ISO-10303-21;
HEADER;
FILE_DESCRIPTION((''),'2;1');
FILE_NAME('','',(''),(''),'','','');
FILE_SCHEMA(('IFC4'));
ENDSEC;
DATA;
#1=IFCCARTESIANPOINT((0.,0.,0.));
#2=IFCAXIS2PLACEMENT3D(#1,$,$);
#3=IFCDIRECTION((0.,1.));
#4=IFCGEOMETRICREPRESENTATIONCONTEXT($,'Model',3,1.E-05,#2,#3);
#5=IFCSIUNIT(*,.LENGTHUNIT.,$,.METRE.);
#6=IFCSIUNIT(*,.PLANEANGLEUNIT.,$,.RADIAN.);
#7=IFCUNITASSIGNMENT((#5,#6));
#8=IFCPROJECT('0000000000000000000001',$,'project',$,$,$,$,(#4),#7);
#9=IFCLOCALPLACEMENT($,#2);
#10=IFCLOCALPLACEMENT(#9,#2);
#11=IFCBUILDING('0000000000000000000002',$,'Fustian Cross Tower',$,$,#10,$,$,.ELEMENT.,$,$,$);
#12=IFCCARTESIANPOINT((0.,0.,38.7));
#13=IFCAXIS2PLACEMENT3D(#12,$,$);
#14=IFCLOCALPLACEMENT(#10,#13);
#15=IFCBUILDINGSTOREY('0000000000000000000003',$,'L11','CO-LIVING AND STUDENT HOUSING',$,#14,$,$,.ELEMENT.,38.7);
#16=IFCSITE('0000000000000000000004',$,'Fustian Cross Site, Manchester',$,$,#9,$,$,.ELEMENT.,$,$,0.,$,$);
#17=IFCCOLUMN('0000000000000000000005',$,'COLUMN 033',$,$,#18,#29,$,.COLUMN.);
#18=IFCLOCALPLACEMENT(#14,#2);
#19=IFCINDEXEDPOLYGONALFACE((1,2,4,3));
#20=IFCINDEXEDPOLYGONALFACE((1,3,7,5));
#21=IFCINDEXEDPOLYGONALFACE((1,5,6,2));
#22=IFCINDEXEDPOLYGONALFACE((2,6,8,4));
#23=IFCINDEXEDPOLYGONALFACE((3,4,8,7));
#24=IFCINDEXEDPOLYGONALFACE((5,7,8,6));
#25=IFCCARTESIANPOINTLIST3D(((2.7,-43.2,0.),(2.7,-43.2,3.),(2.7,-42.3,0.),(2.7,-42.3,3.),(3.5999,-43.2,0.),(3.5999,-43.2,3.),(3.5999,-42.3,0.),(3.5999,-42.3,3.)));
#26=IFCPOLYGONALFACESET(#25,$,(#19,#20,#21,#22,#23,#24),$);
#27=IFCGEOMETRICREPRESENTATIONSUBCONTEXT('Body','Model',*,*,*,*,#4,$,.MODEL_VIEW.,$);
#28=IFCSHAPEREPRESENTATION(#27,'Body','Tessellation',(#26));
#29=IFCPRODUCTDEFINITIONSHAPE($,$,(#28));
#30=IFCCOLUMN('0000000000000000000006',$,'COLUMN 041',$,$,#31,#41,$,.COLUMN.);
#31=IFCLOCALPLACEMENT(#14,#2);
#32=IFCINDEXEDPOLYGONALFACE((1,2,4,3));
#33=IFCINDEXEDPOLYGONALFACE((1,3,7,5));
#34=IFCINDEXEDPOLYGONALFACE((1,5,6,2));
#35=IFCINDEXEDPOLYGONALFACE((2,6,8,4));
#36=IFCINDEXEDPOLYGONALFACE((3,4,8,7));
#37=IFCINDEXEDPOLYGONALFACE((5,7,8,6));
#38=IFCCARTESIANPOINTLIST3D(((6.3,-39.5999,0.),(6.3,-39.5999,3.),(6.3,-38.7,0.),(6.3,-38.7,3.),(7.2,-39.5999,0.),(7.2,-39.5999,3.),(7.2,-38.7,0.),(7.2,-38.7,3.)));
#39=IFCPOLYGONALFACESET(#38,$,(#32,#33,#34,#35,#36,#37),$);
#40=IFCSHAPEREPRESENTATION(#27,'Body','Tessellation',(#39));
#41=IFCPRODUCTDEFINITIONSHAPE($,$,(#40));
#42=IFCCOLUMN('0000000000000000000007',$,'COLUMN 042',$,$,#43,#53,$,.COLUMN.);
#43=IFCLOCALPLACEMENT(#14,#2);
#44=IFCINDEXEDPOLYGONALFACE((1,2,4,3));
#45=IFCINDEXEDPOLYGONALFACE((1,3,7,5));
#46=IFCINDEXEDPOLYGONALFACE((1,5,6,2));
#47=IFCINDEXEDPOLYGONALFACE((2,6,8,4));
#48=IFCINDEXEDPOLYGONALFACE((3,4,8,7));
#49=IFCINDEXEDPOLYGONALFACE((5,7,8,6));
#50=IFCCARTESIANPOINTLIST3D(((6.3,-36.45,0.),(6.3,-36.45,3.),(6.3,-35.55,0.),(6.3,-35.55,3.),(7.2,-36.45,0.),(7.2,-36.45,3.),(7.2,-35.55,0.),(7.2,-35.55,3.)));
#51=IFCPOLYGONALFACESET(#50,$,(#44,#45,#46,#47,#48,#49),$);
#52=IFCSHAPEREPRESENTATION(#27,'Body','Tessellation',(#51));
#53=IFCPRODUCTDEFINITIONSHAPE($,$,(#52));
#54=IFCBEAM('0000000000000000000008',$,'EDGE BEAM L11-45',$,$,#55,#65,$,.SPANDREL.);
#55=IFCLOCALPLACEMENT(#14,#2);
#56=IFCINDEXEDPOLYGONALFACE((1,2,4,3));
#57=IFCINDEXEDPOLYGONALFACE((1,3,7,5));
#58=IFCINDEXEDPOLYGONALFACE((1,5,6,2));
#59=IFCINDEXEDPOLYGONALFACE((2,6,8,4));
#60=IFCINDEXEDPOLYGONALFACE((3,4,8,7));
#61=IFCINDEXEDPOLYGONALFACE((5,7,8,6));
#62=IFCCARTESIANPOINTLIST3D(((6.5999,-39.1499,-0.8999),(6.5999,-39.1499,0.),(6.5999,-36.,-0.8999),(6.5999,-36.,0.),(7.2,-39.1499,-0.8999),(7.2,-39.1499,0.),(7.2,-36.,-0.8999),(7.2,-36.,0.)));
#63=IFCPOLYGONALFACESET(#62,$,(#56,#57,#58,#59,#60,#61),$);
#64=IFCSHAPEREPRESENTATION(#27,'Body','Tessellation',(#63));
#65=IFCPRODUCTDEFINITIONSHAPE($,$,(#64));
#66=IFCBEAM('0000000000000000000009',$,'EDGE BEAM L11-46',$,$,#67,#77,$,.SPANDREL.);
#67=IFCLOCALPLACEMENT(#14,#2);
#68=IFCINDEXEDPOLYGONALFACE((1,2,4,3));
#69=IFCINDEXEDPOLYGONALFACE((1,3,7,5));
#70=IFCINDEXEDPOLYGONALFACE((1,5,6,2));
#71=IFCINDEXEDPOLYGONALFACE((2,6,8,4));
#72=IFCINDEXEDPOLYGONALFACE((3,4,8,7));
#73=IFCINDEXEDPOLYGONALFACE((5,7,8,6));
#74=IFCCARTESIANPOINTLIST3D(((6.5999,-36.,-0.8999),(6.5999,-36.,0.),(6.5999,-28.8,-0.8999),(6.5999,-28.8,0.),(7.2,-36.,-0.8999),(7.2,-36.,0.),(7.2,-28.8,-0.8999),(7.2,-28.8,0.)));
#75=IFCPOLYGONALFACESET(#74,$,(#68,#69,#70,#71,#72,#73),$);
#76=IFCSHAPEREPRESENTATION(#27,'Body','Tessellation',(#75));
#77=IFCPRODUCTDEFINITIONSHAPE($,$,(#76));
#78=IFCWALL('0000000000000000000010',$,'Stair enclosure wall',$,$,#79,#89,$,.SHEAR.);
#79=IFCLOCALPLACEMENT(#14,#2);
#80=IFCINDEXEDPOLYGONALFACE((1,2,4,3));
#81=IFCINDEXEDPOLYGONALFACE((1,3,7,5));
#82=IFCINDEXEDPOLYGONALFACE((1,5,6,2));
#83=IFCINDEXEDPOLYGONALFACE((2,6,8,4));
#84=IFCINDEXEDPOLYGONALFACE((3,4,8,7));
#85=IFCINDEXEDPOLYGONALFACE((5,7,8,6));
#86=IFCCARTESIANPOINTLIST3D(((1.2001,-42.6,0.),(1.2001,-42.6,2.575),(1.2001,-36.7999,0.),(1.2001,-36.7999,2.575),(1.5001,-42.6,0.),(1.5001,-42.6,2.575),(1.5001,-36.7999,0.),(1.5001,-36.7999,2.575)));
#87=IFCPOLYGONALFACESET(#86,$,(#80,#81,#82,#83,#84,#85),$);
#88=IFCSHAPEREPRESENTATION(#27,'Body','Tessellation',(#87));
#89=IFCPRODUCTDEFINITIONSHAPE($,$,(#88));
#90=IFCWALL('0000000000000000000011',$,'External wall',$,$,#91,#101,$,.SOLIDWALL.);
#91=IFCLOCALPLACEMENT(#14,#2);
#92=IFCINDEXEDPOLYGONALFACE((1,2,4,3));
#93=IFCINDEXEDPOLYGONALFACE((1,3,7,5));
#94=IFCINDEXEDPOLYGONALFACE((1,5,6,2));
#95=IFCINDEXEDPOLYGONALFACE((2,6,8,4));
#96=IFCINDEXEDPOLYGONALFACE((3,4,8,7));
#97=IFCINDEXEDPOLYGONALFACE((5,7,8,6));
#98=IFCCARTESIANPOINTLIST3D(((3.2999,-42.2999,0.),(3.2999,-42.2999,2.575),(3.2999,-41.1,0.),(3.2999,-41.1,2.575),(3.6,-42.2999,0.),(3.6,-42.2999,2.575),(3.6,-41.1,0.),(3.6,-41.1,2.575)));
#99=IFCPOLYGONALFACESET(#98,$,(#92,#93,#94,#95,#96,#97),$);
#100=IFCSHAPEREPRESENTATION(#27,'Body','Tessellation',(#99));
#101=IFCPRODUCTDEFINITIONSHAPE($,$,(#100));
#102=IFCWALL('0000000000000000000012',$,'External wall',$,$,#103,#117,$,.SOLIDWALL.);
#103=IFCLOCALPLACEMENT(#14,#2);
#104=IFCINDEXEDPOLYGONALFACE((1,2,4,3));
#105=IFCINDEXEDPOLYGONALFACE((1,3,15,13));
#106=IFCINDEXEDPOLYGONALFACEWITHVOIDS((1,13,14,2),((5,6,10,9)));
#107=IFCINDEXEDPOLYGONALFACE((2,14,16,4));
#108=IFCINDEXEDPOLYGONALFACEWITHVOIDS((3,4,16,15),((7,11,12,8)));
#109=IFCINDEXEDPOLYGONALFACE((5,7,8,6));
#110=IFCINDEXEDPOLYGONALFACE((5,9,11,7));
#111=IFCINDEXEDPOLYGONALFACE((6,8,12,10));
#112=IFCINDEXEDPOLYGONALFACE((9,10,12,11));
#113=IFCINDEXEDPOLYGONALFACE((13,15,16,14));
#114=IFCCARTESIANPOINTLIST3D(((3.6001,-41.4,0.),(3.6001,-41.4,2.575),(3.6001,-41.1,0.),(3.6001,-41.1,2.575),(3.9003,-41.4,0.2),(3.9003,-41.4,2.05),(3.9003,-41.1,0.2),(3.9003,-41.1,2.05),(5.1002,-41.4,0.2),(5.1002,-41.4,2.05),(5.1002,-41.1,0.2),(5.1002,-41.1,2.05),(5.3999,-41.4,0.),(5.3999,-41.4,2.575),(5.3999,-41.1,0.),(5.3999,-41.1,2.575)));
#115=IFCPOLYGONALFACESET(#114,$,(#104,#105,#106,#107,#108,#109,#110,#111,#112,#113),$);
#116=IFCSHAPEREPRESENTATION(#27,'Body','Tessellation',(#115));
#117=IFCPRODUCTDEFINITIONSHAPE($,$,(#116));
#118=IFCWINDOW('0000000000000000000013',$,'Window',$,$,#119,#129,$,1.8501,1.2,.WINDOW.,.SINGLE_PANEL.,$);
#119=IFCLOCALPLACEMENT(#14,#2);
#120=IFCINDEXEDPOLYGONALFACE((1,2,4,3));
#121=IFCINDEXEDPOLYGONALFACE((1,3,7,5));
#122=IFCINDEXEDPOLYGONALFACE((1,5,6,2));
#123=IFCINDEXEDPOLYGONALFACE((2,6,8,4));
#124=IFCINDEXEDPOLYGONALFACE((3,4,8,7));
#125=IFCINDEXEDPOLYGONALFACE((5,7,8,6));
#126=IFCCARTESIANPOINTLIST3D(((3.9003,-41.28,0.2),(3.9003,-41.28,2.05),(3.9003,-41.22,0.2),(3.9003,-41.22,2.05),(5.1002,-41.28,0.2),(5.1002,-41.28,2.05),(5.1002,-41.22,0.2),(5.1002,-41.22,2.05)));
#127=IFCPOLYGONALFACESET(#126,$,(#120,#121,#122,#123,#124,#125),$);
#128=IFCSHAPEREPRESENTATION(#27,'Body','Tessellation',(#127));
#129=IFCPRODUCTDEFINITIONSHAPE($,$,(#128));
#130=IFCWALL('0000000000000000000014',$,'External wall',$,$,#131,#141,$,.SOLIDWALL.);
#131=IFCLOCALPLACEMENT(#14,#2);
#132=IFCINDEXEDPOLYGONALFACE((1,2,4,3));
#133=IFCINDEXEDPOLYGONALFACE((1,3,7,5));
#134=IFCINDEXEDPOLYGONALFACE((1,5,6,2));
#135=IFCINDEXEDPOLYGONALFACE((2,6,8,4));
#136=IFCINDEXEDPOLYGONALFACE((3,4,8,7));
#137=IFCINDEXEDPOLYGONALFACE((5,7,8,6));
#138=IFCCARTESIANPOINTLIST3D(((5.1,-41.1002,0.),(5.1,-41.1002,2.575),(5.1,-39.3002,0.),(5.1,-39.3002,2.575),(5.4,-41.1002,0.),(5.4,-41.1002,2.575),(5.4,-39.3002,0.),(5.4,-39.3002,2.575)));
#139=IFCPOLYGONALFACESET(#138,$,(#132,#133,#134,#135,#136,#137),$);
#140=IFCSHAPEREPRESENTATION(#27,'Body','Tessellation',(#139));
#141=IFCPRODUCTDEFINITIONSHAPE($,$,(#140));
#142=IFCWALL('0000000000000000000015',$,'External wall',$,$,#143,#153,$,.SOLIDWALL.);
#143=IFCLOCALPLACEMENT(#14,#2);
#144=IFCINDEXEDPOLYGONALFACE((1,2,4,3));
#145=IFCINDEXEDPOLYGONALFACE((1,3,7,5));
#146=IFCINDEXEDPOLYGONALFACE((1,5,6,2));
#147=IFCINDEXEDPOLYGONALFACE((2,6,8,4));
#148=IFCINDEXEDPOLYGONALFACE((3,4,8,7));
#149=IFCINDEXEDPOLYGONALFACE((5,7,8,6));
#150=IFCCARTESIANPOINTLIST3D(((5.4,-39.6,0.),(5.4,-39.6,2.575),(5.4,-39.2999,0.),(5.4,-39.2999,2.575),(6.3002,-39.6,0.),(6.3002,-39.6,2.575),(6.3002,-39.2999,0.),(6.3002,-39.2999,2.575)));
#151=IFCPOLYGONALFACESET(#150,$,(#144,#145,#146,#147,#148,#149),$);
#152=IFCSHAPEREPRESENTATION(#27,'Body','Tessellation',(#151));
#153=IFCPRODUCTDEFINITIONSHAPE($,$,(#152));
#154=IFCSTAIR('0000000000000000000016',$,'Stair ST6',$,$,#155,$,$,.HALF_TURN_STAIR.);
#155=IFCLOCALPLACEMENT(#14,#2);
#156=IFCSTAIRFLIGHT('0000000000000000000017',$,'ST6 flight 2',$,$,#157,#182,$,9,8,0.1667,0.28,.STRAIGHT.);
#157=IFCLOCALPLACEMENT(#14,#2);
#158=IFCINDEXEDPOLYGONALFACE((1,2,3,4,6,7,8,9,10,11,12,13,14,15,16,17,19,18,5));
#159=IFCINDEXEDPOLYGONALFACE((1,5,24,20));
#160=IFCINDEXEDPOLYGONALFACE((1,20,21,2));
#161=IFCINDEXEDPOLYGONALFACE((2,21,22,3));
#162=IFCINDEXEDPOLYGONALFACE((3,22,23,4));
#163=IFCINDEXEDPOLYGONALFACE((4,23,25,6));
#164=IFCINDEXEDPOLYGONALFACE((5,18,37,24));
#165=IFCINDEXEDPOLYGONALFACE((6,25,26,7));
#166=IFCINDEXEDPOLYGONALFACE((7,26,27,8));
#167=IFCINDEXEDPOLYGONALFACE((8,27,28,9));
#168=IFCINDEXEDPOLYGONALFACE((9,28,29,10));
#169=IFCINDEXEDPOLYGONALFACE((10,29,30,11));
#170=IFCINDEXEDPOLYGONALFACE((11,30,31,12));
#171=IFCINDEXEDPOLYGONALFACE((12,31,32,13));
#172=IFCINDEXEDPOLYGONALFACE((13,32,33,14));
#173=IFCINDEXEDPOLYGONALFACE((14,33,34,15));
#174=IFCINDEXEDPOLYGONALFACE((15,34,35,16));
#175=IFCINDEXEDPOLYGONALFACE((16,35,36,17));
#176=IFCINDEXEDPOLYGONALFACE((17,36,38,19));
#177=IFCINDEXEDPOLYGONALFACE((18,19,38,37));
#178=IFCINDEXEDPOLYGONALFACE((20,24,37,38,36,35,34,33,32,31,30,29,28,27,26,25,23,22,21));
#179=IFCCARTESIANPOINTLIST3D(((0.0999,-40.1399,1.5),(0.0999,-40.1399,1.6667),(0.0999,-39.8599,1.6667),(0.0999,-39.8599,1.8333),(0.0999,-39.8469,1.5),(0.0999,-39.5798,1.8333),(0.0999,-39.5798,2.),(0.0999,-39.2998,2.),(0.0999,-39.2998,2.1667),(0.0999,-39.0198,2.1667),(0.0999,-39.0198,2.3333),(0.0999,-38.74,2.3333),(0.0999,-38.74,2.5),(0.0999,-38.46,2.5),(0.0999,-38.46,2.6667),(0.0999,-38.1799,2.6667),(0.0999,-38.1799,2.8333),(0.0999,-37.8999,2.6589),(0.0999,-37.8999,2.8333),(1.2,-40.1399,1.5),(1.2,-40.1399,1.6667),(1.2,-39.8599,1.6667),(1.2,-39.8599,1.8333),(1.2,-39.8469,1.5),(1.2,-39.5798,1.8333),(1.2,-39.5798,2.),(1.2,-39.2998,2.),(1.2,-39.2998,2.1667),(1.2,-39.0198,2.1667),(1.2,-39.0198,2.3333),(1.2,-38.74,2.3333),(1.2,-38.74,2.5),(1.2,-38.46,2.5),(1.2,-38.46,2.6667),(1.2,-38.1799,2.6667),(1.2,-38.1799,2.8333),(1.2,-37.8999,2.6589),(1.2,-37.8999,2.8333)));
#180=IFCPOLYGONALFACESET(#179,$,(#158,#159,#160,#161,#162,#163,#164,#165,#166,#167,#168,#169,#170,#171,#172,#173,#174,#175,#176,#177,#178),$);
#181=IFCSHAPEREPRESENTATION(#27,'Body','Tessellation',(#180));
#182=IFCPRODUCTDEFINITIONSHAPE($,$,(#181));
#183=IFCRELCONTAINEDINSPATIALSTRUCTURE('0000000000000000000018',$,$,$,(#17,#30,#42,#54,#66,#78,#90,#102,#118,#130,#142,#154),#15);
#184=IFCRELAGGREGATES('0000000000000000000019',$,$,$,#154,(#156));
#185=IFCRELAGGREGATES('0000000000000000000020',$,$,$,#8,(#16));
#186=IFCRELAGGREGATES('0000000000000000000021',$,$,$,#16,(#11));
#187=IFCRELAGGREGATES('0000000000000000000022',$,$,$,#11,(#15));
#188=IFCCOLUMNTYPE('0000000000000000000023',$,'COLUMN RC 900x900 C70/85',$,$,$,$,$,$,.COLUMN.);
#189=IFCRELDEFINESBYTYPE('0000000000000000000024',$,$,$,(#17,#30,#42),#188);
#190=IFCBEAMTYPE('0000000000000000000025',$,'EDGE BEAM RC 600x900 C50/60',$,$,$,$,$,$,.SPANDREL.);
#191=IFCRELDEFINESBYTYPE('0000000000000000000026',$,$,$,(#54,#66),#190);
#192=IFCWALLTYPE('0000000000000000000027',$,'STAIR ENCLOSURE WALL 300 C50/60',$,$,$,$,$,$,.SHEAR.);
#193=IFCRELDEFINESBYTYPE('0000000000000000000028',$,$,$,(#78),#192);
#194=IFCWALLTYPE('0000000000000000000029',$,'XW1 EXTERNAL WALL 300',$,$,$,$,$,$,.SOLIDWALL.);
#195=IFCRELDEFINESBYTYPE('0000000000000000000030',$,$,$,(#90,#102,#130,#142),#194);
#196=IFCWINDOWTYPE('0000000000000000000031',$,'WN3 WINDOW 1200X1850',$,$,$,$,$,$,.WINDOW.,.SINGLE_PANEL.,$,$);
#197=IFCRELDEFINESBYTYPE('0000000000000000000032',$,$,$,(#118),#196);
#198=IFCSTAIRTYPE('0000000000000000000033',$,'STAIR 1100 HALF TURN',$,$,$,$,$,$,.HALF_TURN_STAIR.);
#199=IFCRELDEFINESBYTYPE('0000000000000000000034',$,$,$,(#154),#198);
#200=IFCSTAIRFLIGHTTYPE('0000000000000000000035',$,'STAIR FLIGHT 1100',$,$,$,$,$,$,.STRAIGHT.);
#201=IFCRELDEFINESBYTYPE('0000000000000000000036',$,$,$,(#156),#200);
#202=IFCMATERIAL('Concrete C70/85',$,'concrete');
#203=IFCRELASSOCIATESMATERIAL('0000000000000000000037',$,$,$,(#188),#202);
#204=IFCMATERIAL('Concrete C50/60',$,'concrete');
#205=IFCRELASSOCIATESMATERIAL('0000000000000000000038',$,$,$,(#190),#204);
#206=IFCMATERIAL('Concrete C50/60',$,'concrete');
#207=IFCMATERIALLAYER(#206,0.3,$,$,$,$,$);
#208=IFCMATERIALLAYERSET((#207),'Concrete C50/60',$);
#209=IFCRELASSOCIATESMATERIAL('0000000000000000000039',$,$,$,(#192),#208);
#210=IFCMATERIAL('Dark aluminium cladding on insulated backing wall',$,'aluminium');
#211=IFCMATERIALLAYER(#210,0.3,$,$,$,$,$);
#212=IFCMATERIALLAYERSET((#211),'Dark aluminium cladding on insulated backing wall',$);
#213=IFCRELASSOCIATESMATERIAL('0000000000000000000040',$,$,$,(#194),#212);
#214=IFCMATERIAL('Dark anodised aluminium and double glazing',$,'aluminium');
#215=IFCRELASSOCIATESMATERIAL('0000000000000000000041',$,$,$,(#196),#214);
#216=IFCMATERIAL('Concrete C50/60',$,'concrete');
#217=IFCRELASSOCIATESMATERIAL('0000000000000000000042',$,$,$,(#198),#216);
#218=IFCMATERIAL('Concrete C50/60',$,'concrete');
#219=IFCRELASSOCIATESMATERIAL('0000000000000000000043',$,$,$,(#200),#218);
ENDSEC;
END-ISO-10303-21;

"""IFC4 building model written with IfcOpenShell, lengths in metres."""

from ifc_helpers import new_model, si_unit, direction, frame, frame_2d, origin, origin_2d, place, context, subcontext, project, spatial, polyline, rectangle, outline, extrude, material, layer, layer_set, material_profile, profile_set, type_object, element, fill, aggregate, save


model = new_model("IFC4")

# Units and contexts
model_context = context("Model", 3, precision=1e-05, world=origin(), true_north=direction((0.0, 1.0)))
body_context = subcontext(model_context, "Body", "Model", "MODEL_VIEW")
ifc_project = project(units=[si_unit("LENGTHUNIT", "METRE"), si_unit("PLANEANGLEUNIT", "RADIAN")], contexts=[model_context])

# Site, building, storey
site_placement = place(None, origin())
site = spatial("IfcSite", under=ifc_project, at=site_placement, Name="Fustian Cross Site, Manchester", CompositionType="ELEMENT", RefElevation=0.0)
building_placement = place(site_placement, origin())
building = spatial("IfcBuilding", under=site, at=building_placement, Name="Fustian Cross Tower", CompositionType="ELEMENT")
storey_placement = place(building_placement, frame((0.0, 0.0, 38.7)))
storey = spatial("IfcBuildingStorey", under=building, at=storey_placement, Name="L11", Description="CO-LIVING AND STUDENT HOUSING", CompositionType="ELEMENT", Elevation=38.7)

# Columns
ifc_material_1 = material(Name="Concrete C70/85", Category="concrete")
ifc_material_profile_1 = material_profile(ifc_material_1, rectangle(XDim=0.8999, YDim=0.8999, at=origin_2d()), Name="RC 900x900")
ifc_profile_set_1 = profile_set([ifc_material_profile_1], Name="Concrete C70/85")
column_type = type_object("IfcColumnType", Name="COLUMN RC 900x900 C70/85", PredefinedType="COLUMN", material=ifc_profile_set_1)
for number, where, z_axis, x_axis, name in (
    (1, (3.1499, -42.75, 0.0), (0.0, 0.0, 1.0), (1.0, 0.0, 0.0), "COLUMN 033"),
    (2, (6.75, -39.1499, 0.0), (0.0, 0.0, 1.0), (1.0, 0.0, 0.0), "COLUMN 041"),
    (3, (6.75, -36.0, 0.0), (0.0, 0.0, 1.0), (1.0, 0.0, 0.0), "COLUMN 042"),
):
    element("IfcColumn", number, at=place(storey_placement, frame(where, z_axis=z_axis, x_axis=x_axis)), inside=storey, type_object=column_type, Name=name, PredefinedType="COLUMN", context=body_context, shape_type="SweptSolid", body=[
        extrude(rectangle(XDim=0.8999, YDim=0.8999, at=origin_2d()), origin(), (0.0, 0.0, 1.0), 3.0),
    ])

# Beams
ifc_material_2 = material(Name="Concrete C50/60", Category="concrete")
ifc_material_profile_2 = material_profile(ifc_material_2, rectangle(XDim=0.6001, YDim=0.8999, at=origin_2d()), Name="RC 600x900")
ifc_profile_set_2 = profile_set([ifc_material_profile_2], Name="Concrete C50/60")
beam_type = type_object("IfcBeamType", Name="EDGE BEAM RC 600x900 C50/60", PredefinedType="SPANDREL", material=ifc_profile_set_2)
beam_1_placement = place(storey_placement, frame((6.8999, -39.1499, -0.45), z_axis=(0.0, 1.0, 0.0), x_axis=(-1.0, 0.0, 0.0)))
element("IfcBeam", 4, at=beam_1_placement, inside=storey, type_object=beam_type, Name="EDGE BEAM L11-45", PredefinedType="SPANDREL", context=body_context, shape_type="SweptSolid", body=[
    extrude(rectangle(XDim=0.6001, YDim=0.8999, at=origin_2d()), origin(), (0.0, 0.0, 1.0), 3.1499),
])
beam_2_placement = place(storey_placement, frame((6.8999, -36.0, -0.45), z_axis=(0.0, 1.0, 0.0), x_axis=(-1.0, 0.0, 0.0)))
element("IfcBeam", 5, at=beam_2_placement, inside=storey, type_object=beam_type, Name="EDGE BEAM L11-46", PredefinedType="SPANDREL", context=body_context, shape_type="SweptSolid", body=[
    extrude(rectangle(XDim=0.6001, YDim=0.8999, at=origin_2d()), origin(), (0.0, 0.0, 1.0), 7.2),
])

# Walls
ifc_material_3 = material(Name="Concrete C50/60", Category="concrete")
ifc_layer_1 = layer(ifc_material_3, 0.3)
ifc_layer_set_1 = layer_set([ifc_layer_1], Name="Concrete C50/60")
wall_type_1 = type_object("IfcWallType", Name="STAIR ENCLOSURE WALL 300 C50/60", PredefinedType="SHEAR", material=ifc_layer_set_1)
wall_1_placement = place(storey_placement, frame((1.3501, -36.8, 0.0), z_axis=(0.0, 0.0, 1.0), x_axis=(0.0, -1.0, 0.0)))
element("IfcWall", 6, at=wall_1_placement, inside=storey, type_object=wall_type_1, Name="Stair enclosure wall", PredefinedType="SHEAR", context=body_context, shape_type="SweptSolid", body=[
    extrude(rectangle(XDim=5.8, YDim=0.3, at=frame_2d((2.8999, 0.0))), origin(), (0.0, 0.0, 1.0), 2.575),
])
ifc_material_4 = material(Name="Dark aluminium cladding on insulated backing wall", Category="aluminium")
ifc_layer_2 = layer(ifc_material_4, 0.3)
ifc_layer_set_2 = layer_set([ifc_layer_2], Name="Dark aluminium cladding on insulated backing wall")
wall_type_2 = type_object("IfcWallType", Name="XW1 EXTERNAL WALL 300", PredefinedType="SOLIDWALL", material=ifc_layer_set_2)
wall_2_placement = place(storey_placement, frame((3.45, -42.3, 0.0), z_axis=(0.0, 0.0, 1.0), x_axis=(0.0, 1.0, 0.0)))
element("IfcWall", 7, at=wall_2_placement, inside=storey, type_object=wall_type_2, Name="External wall", PredefinedType="SOLIDWALL", context=body_context, shape_type="SweptSolid", body=[
    extrude(rectangle(XDim=1.2, YDim=0.3, at=frame_2d((0.6001, 0.0))), origin(), (0.0, 0.0, 1.0), 2.575),
])

# Wall, opening, window
wall_3_placement = place(storey_placement, frame((3.6001, -41.25, 0.0), z_axis=(0.0, 0.0, 1.0), x_axis=(1.0, 0.0, 0.0)))
wall_3 = element("IfcWall", 8, at=wall_3_placement, inside=storey, type_object=wall_type_2, Name="External wall", PredefinedType="SOLIDWALL", context=body_context, shape_type="SweptSolid", body=[
    extrude(rectangle(XDim=1.7998, YDim=0.3, at=frame_2d((0.8999, 0.0))), origin(), (0.0, 0.0, 1.0), 2.575),
])
opening_1_placement = place(wall_3_placement, frame((0.3, 0.0, 0.2)))
opening_1 = element("IfcOpeningElement", 9, at=opening_1_placement, cuts=wall_3, PredefinedType="OPENING", context=body_context, shape_type="SweptSolid", body=[
    extrude(rectangle(XDim=1.2, YDim=1.8501, at=frame_2d((0.6001, 0.925))), frame((0.0, 0.1599, 0.0), z_axis=(0.0, -1.0, 0.0), x_axis=(1.0, 0.0, 0.0)), (0.0, 0.0, 1.0), 0.3201),
])
ifc_material_5 = material(Name="Dark anodised aluminium and double glazing", Category="aluminium")
window_type = type_object("IfcWindowType", Name="WN3 WINDOW 1200X1850", PartitioningType="SINGLE_PANEL", PredefinedType="WINDOW", material=ifc_material_5)
window_placement = place(opening_1_placement, origin())
window = element("IfcWindow", 10, at=window_placement, inside=storey, type_object=window_type, Name="Window", OverallHeight=1.8501, OverallWidth=1.2, PartitioningType="SINGLE_PANEL", PredefinedType="WINDOW", context=body_context, shape_type="SweptSolid", body=[
    extrude(rectangle(XDim=1.2, YDim=1.8501, at=frame_2d((0.6001, 0.925))), frame((0.0, 0.03, 0.0), z_axis=(0.0, -1.0, 0.0), x_axis=(1.0, 0.0, 0.0)), (0.0, 0.0, 1.0), 0.0601),
])
fill(opening_1, window)

# Walls
wall_4_placement = place(storey_placement, frame((5.25, -41.1001, 0.0), z_axis=(0.0, 0.0, 1.0), x_axis=(0.0, 1.0, 0.0)))
element("IfcWall", 11, at=wall_4_placement, inside=storey, type_object=wall_type_2, Name="External wall", PredefinedType="SOLIDWALL", context=body_context, shape_type="SweptSolid", body=[
    extrude(rectangle(XDim=1.8, YDim=0.3, at=frame_2d((0.8999, 0.0))), origin(), (0.0, 0.0, 1.0), 2.575),
])
wall_5_placement = place(storey_placement, frame((5.3999, -39.45, 0.0), z_axis=(0.0, 0.0, 1.0), x_axis=(1.0, 0.0, 0.0)))
element("IfcWall", 12, at=wall_5_placement, inside=storey, type_object=wall_type_2, Name="External wall", PredefinedType="SOLIDWALL", context=body_context, shape_type="SweptSolid", body=[
    extrude(rectangle(XDim=0.9001, YDim=0.3, at=frame_2d((0.4502, 0.0))), origin(), (0.0, 0.0, 1.0), 2.575),
])

# Stair, stair flight
ifc_material_6 = material(Name="Concrete C50/60", Category="concrete")
stair_type = type_object("IfcStairType", Name="STAIR 1100 HALF TURN", PredefinedType="HALF_TURN_STAIR", material=ifc_material_6)
stair_placement = place(storey_placement, origin())
stair = element("IfcStair", 13, at=stair_placement, inside=storey, type_object=stair_type, Name="Stair ST6", PredefinedType="HALF_TURN_STAIR")
ifc_material_7 = material(Name="Concrete C50/60", Category="concrete")
stair_flight_type = type_object("IfcStairFlightType", Name="STAIR FLIGHT 1100", PredefinedType="STRAIGHT", material=ifc_material_7)
stair_flight_placement = place(storey_placement, frame((0.6499, -40.1399, 1.5), z_axis=(0.0, 0.0, 1.0), x_axis=(0.0, 1.0, 0.0)))
stair_flight = element("IfcStairFlight", 14, at=stair_flight_placement, type_object=stair_flight_type, Name="ST6 flight 2", NumberOfRisers=9, NumberOfTreads=8, PredefinedType="STRAIGHT", RiserHeight=0.1667, TreadLength=0.28, context=body_context, shape_type="SweptSolid", body=[
    extrude(outline(polyline([(0.0, 0.0), (0.0, 0.1667), (0.28, 0.1667), (0.28, 0.3333), (0.5601, 0.3333), (0.5601, 0.5), (0.8401, 0.5), (0.8401, 0.6667), (1.1201, 0.6667), (1.1201, 0.8333), (1.3999, 0.8333), (1.3999, 1.0), (1.6799, 1.0), (1.6799, 1.1667), (1.96, 1.1667), (1.96, 1.3333), (2.24, 1.3333), (2.24, 1.5), (2.24, 1.1589), (0.293, 0.0), (0.0, 0.0)])), frame((0.0, 0.55, 0.0), z_axis=(0.0, -1.0, 0.0), x_axis=(1.0, 0.0, 0.0)), (0.0, 0.0, 1.0), 1.1001),
])
aggregate(stair, [stair_flight])

save(model, "model.ifc")
